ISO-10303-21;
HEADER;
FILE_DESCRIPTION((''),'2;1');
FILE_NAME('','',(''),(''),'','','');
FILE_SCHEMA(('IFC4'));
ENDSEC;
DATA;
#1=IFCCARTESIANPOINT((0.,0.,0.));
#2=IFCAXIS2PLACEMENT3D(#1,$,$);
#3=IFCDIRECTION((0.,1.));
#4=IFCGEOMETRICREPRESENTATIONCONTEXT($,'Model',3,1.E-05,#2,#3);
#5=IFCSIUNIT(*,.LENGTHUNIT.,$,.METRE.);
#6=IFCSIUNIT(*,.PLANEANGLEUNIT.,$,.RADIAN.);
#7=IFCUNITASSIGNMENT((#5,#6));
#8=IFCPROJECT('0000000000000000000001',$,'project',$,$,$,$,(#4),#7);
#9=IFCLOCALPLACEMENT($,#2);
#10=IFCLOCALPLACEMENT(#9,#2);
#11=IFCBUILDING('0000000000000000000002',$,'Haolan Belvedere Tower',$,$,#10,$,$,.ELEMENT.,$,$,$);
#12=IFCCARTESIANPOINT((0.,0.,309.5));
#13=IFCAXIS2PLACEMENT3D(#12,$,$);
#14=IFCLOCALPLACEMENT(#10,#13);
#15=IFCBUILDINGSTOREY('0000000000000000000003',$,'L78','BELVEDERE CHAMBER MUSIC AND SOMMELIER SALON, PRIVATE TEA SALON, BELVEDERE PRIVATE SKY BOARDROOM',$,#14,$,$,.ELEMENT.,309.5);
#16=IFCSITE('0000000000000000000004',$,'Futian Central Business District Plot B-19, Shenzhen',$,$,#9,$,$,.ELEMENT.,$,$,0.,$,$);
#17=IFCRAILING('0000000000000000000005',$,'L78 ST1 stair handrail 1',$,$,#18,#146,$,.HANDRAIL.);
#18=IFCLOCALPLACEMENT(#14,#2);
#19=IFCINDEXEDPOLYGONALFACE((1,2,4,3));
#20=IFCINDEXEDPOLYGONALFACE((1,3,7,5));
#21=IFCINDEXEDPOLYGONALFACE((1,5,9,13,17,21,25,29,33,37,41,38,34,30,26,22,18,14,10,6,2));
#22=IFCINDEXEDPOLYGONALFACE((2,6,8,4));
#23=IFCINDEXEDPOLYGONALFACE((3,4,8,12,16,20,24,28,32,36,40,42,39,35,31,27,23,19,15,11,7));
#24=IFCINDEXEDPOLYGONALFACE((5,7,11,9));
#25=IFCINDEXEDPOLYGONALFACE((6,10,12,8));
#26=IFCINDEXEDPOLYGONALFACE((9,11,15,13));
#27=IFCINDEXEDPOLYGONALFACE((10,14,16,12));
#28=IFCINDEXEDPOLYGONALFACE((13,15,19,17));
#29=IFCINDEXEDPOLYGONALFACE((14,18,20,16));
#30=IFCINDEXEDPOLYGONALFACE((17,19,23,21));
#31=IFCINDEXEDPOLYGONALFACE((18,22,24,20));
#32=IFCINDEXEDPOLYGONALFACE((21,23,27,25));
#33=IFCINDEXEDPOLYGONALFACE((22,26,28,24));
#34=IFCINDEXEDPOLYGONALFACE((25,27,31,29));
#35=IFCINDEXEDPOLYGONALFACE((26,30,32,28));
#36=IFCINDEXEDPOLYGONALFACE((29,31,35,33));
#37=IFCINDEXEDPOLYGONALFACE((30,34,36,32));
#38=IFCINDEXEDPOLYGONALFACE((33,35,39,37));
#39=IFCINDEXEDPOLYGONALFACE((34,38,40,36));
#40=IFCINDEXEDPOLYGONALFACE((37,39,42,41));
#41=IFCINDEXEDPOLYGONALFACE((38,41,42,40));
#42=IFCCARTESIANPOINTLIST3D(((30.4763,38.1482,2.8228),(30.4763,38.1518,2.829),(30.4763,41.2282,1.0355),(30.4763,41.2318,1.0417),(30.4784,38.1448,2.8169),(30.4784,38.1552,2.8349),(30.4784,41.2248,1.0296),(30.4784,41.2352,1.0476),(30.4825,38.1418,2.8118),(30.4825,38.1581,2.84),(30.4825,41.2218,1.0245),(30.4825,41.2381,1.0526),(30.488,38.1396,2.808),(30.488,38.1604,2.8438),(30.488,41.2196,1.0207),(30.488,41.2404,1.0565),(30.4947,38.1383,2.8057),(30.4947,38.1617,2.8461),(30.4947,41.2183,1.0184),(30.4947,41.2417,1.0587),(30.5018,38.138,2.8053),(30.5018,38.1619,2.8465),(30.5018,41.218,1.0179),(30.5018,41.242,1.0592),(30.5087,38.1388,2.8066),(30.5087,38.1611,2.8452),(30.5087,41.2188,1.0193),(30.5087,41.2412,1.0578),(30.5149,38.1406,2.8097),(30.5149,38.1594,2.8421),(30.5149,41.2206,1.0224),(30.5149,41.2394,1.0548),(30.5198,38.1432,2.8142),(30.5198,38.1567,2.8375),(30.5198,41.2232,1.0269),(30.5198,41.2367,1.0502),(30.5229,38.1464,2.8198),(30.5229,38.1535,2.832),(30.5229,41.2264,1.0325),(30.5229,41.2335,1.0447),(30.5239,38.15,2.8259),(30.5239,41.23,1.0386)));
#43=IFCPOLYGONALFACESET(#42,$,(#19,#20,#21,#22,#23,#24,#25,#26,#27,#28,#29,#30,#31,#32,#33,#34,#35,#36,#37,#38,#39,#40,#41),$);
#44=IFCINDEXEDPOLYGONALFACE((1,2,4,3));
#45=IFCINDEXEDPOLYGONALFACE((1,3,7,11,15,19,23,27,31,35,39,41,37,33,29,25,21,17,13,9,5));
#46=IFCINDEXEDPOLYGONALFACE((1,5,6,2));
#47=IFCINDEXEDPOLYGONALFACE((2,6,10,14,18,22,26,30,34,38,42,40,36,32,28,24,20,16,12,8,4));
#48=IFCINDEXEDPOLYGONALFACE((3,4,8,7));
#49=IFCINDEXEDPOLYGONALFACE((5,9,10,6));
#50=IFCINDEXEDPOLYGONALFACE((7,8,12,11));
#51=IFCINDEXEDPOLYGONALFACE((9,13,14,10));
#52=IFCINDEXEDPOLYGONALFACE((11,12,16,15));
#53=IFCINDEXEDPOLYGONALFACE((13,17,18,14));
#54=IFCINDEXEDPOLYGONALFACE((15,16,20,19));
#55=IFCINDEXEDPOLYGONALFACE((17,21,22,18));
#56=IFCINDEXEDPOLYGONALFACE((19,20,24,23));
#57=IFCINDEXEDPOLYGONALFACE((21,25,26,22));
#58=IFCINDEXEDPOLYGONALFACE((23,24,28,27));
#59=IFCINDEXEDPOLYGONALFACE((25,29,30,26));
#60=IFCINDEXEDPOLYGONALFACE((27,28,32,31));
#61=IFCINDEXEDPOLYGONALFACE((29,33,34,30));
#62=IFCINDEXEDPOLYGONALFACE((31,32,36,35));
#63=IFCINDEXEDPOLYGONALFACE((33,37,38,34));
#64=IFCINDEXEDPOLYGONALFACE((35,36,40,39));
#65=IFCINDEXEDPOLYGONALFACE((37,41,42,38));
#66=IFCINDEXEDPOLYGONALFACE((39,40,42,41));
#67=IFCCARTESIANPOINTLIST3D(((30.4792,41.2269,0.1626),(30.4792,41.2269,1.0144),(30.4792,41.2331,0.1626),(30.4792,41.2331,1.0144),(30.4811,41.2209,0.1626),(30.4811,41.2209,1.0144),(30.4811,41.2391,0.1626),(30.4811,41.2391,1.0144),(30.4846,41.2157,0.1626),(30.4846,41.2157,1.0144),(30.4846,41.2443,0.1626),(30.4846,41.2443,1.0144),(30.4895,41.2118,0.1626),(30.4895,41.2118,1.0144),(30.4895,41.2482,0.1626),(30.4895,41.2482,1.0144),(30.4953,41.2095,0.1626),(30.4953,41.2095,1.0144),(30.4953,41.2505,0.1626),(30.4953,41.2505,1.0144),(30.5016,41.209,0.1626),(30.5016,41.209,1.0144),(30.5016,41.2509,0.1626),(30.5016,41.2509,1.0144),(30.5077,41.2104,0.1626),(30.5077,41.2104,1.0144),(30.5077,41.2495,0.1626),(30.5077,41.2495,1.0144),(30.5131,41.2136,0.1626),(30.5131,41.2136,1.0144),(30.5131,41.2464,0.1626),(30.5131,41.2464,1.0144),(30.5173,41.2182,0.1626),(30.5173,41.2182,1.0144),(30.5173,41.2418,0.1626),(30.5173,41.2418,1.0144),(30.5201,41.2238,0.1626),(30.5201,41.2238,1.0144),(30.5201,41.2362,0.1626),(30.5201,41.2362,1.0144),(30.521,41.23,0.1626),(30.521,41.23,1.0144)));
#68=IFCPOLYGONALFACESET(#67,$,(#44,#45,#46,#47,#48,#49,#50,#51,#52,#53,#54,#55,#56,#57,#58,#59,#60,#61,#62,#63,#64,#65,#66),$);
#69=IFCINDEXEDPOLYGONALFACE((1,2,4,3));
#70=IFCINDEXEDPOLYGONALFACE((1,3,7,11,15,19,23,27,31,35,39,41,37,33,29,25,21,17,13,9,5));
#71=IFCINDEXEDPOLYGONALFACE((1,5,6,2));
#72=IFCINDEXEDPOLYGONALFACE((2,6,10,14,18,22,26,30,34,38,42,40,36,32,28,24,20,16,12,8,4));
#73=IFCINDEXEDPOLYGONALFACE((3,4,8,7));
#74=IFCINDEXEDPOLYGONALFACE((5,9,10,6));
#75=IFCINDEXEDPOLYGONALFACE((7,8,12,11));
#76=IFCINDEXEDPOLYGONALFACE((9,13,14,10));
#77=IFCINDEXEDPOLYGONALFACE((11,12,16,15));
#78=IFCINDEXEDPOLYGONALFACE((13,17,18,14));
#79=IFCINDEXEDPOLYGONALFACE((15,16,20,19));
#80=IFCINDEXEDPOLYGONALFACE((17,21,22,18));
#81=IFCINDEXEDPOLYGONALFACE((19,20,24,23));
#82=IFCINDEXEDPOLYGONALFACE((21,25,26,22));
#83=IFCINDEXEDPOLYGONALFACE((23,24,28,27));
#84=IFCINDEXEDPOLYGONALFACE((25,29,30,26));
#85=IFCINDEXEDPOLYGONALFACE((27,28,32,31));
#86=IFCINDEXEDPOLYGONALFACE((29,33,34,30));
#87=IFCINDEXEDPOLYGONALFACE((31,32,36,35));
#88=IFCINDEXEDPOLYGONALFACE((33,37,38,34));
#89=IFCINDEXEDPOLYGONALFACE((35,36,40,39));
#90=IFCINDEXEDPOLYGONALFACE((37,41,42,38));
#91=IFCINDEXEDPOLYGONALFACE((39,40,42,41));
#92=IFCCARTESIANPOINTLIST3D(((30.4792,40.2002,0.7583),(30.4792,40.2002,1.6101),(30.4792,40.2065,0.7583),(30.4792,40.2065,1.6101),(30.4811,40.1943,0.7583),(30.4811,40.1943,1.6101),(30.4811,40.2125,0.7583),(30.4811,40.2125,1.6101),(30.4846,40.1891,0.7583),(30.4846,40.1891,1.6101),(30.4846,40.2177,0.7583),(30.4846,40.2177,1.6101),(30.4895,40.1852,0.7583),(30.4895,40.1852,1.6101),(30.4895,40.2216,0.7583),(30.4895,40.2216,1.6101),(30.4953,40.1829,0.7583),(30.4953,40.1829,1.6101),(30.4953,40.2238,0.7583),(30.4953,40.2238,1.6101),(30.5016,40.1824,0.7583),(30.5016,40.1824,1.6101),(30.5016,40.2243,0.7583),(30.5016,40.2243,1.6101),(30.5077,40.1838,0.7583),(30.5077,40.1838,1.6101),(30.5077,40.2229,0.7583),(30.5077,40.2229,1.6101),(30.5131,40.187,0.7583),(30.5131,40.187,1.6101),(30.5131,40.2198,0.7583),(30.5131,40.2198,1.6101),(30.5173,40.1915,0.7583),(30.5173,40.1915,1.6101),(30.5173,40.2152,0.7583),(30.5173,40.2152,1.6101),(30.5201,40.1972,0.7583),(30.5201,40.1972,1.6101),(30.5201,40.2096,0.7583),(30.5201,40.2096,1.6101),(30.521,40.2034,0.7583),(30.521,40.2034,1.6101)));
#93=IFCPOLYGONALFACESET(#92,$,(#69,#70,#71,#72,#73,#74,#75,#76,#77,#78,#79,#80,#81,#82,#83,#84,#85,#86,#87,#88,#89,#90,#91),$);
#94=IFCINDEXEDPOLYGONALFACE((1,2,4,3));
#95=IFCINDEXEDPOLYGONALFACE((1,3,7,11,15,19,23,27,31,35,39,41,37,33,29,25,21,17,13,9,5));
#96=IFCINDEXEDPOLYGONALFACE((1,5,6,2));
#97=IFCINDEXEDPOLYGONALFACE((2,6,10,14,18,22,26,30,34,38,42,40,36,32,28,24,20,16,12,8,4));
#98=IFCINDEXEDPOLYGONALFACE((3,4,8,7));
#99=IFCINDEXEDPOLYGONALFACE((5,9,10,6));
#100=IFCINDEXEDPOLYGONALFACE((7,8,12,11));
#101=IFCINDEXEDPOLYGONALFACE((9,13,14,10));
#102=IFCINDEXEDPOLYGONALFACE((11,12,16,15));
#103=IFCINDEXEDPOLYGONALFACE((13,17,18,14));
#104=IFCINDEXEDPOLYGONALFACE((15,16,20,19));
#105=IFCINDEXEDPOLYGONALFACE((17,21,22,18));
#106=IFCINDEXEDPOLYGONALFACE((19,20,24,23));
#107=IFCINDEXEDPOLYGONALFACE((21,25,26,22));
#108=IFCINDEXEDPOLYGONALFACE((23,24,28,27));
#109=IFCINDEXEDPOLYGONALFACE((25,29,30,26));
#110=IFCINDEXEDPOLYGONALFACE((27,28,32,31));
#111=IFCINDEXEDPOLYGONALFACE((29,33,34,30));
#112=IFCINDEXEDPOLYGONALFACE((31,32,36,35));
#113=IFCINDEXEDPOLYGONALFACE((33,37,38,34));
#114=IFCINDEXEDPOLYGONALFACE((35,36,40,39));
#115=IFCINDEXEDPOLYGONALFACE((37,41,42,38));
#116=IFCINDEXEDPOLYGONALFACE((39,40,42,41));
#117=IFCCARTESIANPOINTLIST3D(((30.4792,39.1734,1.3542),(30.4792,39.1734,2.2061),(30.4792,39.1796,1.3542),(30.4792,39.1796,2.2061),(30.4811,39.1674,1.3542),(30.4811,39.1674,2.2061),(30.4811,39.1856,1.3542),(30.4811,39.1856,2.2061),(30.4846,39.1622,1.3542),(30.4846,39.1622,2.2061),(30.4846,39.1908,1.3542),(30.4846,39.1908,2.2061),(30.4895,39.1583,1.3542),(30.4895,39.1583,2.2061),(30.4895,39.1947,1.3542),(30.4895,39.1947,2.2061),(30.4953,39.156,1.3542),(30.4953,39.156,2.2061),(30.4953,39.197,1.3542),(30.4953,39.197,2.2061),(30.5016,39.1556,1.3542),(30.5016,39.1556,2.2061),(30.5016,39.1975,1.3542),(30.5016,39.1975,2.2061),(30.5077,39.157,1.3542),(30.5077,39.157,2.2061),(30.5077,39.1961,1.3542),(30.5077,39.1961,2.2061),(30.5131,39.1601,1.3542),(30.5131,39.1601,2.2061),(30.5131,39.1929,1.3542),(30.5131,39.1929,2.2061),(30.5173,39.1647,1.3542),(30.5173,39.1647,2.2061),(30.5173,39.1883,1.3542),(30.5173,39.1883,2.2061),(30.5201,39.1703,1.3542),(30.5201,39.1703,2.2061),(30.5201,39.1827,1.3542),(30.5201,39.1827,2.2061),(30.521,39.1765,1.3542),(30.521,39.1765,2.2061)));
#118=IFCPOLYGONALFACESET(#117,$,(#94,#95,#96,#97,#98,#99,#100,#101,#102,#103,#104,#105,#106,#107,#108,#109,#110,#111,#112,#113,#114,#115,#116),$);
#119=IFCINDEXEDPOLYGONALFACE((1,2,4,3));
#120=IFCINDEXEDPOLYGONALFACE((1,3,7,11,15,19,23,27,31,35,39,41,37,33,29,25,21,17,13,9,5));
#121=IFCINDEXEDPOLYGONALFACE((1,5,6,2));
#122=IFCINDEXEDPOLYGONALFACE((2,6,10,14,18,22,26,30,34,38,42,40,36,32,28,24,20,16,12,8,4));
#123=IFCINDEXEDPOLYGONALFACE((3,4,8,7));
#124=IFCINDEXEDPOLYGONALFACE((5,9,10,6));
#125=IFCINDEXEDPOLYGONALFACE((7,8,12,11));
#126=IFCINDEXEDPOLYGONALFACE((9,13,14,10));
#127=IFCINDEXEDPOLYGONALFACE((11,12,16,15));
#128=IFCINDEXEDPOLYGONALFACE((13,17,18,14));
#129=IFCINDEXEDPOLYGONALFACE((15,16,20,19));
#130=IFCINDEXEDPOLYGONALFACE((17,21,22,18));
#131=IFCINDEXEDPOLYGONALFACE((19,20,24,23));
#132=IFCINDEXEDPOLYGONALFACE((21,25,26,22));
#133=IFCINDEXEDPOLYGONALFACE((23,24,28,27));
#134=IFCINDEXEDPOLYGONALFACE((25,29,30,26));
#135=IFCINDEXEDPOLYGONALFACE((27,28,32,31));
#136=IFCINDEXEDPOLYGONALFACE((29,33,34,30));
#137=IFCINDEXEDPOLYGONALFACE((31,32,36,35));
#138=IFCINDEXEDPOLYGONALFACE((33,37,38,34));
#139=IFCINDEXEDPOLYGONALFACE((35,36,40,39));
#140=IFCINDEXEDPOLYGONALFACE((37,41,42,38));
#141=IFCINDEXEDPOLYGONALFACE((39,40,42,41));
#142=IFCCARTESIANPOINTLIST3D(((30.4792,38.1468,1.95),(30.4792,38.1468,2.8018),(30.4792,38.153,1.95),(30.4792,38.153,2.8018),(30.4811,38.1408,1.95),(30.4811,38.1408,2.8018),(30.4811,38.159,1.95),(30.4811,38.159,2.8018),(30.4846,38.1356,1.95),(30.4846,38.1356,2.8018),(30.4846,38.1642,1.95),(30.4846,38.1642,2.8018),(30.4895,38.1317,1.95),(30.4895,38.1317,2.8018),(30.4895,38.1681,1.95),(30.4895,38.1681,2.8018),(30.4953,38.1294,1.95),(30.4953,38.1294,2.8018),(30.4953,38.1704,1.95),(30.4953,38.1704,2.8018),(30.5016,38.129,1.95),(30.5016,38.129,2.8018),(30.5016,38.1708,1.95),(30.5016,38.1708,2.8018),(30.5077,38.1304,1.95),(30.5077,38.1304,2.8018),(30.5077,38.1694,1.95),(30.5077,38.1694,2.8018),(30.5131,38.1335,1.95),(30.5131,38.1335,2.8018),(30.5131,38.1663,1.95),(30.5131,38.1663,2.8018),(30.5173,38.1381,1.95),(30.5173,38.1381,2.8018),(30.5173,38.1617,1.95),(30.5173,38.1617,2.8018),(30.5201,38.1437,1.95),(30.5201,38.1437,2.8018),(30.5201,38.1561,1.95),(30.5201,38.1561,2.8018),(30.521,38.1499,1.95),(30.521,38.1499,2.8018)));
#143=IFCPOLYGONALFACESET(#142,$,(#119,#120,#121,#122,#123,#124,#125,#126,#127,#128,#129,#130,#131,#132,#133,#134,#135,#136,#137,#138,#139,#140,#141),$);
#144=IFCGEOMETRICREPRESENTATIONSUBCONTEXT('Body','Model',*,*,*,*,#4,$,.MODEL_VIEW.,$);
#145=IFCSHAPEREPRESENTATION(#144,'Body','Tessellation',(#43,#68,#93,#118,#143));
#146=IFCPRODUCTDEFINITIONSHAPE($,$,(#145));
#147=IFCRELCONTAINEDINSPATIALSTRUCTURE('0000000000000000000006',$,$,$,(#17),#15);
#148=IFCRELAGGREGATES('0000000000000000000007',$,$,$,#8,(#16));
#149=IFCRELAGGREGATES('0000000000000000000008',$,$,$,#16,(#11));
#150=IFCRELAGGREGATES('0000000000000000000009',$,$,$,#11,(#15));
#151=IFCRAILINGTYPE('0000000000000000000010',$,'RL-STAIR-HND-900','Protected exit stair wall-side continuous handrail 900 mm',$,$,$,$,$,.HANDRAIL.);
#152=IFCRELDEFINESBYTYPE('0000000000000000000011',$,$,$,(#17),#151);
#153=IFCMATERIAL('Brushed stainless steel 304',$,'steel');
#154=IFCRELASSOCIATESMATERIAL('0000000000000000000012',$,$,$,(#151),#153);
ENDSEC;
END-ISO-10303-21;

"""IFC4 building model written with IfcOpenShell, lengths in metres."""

from ifc_helpers import new_model, si_unit, direction, frame, origin, origin_2d, place, context, subcontext, project, spatial, circle, extrude, material, type_object, element, save


model = new_model("IFC4")

# Units and contexts
model_context = context("Model", 3, precision=1e-05, world=origin(), true_north=direction((0.0, 1.0)))
body_context = subcontext(model_context, "Body", "Model", "MODEL_VIEW")
ifc_project = project(units=[si_unit("LENGTHUNIT", "METRE"), si_unit("PLANEANGLEUNIT", "RADIAN")], contexts=[model_context])

# Site, building, storey
site_placement = place(None, origin())
site = spatial("IfcSite", under=ifc_project, at=site_placement, Name="Futian Central Business District Plot B-19, Shenzhen", CompositionType="ELEMENT", RefElevation=0.0)
building_placement = place(site_placement, origin())
building = spatial("IfcBuilding", under=site, at=building_placement, Name="Haolan Belvedere Tower", CompositionType="ELEMENT")
storey_placement = place(building_placement, frame((0.0, 0.0, 309.5)))
storey = spatial("IfcBuildingStorey", under=building, at=storey_placement, Name="L78", Description="BELVEDERE CHAMBER MUSIC AND SOMMELIER SALON, PRIVATE TEA SALON, BELVEDERE PRIVATE SKY BOARDROOM", CompositionType="ELEMENT", Elevation=309.5)

# Railing
ifc_material_1 = material(Name="Brushed stainless steel 304", Category="steel")
railing_type_1 = type_object("IfcRailingType", Name="RL-STAIR-HND-900", Description="Protected exit stair wall-side continuous handrail 900 mm", PredefinedType="HANDRAIL", material=ifc_material_1)
railing_1_placement = place(storey_placement, frame((30.5, 41.23, 0.1626)))
element("IfcRailing", 1, at=railing_1_placement, inside=storey, type_object=railing_type_1, Name="L78 ST1 stair handrail 1", PredefinedType="HANDRAIL", context=body_context, shape_type="SweptSolid", body=[
    extrude(circle(Radius=0.0239, at=origin_2d()), frame((0.0, 0.0, 0.876), z_axis=(0.0, -0.86492, 0.501909), x_axis=(1.0, 0.0, 0.0)), (0.0, 0.0, 1.0), 3.561),
    extrude(circle(Radius=0.021, at=origin_2d()), origin(), (0.0, 0.0, 1.0), 0.8518),
    extrude(circle(Radius=0.021, at=origin_2d()), frame((0.0, -1.0266, 0.5957)), (0.0, 0.0, 1.0), 0.8518),
    extrude(circle(Radius=0.021, at=origin_2d()), frame((0.0, -2.0535, 1.1917)), (0.0, 0.0, 1.0), 0.8518),
    extrude(circle(Radius=0.021, at=origin_2d()), frame((0.0, -3.0801, 1.7874)), (0.0, 0.0, 1.0), 0.8518),
])

save(model, "model.ifc")
